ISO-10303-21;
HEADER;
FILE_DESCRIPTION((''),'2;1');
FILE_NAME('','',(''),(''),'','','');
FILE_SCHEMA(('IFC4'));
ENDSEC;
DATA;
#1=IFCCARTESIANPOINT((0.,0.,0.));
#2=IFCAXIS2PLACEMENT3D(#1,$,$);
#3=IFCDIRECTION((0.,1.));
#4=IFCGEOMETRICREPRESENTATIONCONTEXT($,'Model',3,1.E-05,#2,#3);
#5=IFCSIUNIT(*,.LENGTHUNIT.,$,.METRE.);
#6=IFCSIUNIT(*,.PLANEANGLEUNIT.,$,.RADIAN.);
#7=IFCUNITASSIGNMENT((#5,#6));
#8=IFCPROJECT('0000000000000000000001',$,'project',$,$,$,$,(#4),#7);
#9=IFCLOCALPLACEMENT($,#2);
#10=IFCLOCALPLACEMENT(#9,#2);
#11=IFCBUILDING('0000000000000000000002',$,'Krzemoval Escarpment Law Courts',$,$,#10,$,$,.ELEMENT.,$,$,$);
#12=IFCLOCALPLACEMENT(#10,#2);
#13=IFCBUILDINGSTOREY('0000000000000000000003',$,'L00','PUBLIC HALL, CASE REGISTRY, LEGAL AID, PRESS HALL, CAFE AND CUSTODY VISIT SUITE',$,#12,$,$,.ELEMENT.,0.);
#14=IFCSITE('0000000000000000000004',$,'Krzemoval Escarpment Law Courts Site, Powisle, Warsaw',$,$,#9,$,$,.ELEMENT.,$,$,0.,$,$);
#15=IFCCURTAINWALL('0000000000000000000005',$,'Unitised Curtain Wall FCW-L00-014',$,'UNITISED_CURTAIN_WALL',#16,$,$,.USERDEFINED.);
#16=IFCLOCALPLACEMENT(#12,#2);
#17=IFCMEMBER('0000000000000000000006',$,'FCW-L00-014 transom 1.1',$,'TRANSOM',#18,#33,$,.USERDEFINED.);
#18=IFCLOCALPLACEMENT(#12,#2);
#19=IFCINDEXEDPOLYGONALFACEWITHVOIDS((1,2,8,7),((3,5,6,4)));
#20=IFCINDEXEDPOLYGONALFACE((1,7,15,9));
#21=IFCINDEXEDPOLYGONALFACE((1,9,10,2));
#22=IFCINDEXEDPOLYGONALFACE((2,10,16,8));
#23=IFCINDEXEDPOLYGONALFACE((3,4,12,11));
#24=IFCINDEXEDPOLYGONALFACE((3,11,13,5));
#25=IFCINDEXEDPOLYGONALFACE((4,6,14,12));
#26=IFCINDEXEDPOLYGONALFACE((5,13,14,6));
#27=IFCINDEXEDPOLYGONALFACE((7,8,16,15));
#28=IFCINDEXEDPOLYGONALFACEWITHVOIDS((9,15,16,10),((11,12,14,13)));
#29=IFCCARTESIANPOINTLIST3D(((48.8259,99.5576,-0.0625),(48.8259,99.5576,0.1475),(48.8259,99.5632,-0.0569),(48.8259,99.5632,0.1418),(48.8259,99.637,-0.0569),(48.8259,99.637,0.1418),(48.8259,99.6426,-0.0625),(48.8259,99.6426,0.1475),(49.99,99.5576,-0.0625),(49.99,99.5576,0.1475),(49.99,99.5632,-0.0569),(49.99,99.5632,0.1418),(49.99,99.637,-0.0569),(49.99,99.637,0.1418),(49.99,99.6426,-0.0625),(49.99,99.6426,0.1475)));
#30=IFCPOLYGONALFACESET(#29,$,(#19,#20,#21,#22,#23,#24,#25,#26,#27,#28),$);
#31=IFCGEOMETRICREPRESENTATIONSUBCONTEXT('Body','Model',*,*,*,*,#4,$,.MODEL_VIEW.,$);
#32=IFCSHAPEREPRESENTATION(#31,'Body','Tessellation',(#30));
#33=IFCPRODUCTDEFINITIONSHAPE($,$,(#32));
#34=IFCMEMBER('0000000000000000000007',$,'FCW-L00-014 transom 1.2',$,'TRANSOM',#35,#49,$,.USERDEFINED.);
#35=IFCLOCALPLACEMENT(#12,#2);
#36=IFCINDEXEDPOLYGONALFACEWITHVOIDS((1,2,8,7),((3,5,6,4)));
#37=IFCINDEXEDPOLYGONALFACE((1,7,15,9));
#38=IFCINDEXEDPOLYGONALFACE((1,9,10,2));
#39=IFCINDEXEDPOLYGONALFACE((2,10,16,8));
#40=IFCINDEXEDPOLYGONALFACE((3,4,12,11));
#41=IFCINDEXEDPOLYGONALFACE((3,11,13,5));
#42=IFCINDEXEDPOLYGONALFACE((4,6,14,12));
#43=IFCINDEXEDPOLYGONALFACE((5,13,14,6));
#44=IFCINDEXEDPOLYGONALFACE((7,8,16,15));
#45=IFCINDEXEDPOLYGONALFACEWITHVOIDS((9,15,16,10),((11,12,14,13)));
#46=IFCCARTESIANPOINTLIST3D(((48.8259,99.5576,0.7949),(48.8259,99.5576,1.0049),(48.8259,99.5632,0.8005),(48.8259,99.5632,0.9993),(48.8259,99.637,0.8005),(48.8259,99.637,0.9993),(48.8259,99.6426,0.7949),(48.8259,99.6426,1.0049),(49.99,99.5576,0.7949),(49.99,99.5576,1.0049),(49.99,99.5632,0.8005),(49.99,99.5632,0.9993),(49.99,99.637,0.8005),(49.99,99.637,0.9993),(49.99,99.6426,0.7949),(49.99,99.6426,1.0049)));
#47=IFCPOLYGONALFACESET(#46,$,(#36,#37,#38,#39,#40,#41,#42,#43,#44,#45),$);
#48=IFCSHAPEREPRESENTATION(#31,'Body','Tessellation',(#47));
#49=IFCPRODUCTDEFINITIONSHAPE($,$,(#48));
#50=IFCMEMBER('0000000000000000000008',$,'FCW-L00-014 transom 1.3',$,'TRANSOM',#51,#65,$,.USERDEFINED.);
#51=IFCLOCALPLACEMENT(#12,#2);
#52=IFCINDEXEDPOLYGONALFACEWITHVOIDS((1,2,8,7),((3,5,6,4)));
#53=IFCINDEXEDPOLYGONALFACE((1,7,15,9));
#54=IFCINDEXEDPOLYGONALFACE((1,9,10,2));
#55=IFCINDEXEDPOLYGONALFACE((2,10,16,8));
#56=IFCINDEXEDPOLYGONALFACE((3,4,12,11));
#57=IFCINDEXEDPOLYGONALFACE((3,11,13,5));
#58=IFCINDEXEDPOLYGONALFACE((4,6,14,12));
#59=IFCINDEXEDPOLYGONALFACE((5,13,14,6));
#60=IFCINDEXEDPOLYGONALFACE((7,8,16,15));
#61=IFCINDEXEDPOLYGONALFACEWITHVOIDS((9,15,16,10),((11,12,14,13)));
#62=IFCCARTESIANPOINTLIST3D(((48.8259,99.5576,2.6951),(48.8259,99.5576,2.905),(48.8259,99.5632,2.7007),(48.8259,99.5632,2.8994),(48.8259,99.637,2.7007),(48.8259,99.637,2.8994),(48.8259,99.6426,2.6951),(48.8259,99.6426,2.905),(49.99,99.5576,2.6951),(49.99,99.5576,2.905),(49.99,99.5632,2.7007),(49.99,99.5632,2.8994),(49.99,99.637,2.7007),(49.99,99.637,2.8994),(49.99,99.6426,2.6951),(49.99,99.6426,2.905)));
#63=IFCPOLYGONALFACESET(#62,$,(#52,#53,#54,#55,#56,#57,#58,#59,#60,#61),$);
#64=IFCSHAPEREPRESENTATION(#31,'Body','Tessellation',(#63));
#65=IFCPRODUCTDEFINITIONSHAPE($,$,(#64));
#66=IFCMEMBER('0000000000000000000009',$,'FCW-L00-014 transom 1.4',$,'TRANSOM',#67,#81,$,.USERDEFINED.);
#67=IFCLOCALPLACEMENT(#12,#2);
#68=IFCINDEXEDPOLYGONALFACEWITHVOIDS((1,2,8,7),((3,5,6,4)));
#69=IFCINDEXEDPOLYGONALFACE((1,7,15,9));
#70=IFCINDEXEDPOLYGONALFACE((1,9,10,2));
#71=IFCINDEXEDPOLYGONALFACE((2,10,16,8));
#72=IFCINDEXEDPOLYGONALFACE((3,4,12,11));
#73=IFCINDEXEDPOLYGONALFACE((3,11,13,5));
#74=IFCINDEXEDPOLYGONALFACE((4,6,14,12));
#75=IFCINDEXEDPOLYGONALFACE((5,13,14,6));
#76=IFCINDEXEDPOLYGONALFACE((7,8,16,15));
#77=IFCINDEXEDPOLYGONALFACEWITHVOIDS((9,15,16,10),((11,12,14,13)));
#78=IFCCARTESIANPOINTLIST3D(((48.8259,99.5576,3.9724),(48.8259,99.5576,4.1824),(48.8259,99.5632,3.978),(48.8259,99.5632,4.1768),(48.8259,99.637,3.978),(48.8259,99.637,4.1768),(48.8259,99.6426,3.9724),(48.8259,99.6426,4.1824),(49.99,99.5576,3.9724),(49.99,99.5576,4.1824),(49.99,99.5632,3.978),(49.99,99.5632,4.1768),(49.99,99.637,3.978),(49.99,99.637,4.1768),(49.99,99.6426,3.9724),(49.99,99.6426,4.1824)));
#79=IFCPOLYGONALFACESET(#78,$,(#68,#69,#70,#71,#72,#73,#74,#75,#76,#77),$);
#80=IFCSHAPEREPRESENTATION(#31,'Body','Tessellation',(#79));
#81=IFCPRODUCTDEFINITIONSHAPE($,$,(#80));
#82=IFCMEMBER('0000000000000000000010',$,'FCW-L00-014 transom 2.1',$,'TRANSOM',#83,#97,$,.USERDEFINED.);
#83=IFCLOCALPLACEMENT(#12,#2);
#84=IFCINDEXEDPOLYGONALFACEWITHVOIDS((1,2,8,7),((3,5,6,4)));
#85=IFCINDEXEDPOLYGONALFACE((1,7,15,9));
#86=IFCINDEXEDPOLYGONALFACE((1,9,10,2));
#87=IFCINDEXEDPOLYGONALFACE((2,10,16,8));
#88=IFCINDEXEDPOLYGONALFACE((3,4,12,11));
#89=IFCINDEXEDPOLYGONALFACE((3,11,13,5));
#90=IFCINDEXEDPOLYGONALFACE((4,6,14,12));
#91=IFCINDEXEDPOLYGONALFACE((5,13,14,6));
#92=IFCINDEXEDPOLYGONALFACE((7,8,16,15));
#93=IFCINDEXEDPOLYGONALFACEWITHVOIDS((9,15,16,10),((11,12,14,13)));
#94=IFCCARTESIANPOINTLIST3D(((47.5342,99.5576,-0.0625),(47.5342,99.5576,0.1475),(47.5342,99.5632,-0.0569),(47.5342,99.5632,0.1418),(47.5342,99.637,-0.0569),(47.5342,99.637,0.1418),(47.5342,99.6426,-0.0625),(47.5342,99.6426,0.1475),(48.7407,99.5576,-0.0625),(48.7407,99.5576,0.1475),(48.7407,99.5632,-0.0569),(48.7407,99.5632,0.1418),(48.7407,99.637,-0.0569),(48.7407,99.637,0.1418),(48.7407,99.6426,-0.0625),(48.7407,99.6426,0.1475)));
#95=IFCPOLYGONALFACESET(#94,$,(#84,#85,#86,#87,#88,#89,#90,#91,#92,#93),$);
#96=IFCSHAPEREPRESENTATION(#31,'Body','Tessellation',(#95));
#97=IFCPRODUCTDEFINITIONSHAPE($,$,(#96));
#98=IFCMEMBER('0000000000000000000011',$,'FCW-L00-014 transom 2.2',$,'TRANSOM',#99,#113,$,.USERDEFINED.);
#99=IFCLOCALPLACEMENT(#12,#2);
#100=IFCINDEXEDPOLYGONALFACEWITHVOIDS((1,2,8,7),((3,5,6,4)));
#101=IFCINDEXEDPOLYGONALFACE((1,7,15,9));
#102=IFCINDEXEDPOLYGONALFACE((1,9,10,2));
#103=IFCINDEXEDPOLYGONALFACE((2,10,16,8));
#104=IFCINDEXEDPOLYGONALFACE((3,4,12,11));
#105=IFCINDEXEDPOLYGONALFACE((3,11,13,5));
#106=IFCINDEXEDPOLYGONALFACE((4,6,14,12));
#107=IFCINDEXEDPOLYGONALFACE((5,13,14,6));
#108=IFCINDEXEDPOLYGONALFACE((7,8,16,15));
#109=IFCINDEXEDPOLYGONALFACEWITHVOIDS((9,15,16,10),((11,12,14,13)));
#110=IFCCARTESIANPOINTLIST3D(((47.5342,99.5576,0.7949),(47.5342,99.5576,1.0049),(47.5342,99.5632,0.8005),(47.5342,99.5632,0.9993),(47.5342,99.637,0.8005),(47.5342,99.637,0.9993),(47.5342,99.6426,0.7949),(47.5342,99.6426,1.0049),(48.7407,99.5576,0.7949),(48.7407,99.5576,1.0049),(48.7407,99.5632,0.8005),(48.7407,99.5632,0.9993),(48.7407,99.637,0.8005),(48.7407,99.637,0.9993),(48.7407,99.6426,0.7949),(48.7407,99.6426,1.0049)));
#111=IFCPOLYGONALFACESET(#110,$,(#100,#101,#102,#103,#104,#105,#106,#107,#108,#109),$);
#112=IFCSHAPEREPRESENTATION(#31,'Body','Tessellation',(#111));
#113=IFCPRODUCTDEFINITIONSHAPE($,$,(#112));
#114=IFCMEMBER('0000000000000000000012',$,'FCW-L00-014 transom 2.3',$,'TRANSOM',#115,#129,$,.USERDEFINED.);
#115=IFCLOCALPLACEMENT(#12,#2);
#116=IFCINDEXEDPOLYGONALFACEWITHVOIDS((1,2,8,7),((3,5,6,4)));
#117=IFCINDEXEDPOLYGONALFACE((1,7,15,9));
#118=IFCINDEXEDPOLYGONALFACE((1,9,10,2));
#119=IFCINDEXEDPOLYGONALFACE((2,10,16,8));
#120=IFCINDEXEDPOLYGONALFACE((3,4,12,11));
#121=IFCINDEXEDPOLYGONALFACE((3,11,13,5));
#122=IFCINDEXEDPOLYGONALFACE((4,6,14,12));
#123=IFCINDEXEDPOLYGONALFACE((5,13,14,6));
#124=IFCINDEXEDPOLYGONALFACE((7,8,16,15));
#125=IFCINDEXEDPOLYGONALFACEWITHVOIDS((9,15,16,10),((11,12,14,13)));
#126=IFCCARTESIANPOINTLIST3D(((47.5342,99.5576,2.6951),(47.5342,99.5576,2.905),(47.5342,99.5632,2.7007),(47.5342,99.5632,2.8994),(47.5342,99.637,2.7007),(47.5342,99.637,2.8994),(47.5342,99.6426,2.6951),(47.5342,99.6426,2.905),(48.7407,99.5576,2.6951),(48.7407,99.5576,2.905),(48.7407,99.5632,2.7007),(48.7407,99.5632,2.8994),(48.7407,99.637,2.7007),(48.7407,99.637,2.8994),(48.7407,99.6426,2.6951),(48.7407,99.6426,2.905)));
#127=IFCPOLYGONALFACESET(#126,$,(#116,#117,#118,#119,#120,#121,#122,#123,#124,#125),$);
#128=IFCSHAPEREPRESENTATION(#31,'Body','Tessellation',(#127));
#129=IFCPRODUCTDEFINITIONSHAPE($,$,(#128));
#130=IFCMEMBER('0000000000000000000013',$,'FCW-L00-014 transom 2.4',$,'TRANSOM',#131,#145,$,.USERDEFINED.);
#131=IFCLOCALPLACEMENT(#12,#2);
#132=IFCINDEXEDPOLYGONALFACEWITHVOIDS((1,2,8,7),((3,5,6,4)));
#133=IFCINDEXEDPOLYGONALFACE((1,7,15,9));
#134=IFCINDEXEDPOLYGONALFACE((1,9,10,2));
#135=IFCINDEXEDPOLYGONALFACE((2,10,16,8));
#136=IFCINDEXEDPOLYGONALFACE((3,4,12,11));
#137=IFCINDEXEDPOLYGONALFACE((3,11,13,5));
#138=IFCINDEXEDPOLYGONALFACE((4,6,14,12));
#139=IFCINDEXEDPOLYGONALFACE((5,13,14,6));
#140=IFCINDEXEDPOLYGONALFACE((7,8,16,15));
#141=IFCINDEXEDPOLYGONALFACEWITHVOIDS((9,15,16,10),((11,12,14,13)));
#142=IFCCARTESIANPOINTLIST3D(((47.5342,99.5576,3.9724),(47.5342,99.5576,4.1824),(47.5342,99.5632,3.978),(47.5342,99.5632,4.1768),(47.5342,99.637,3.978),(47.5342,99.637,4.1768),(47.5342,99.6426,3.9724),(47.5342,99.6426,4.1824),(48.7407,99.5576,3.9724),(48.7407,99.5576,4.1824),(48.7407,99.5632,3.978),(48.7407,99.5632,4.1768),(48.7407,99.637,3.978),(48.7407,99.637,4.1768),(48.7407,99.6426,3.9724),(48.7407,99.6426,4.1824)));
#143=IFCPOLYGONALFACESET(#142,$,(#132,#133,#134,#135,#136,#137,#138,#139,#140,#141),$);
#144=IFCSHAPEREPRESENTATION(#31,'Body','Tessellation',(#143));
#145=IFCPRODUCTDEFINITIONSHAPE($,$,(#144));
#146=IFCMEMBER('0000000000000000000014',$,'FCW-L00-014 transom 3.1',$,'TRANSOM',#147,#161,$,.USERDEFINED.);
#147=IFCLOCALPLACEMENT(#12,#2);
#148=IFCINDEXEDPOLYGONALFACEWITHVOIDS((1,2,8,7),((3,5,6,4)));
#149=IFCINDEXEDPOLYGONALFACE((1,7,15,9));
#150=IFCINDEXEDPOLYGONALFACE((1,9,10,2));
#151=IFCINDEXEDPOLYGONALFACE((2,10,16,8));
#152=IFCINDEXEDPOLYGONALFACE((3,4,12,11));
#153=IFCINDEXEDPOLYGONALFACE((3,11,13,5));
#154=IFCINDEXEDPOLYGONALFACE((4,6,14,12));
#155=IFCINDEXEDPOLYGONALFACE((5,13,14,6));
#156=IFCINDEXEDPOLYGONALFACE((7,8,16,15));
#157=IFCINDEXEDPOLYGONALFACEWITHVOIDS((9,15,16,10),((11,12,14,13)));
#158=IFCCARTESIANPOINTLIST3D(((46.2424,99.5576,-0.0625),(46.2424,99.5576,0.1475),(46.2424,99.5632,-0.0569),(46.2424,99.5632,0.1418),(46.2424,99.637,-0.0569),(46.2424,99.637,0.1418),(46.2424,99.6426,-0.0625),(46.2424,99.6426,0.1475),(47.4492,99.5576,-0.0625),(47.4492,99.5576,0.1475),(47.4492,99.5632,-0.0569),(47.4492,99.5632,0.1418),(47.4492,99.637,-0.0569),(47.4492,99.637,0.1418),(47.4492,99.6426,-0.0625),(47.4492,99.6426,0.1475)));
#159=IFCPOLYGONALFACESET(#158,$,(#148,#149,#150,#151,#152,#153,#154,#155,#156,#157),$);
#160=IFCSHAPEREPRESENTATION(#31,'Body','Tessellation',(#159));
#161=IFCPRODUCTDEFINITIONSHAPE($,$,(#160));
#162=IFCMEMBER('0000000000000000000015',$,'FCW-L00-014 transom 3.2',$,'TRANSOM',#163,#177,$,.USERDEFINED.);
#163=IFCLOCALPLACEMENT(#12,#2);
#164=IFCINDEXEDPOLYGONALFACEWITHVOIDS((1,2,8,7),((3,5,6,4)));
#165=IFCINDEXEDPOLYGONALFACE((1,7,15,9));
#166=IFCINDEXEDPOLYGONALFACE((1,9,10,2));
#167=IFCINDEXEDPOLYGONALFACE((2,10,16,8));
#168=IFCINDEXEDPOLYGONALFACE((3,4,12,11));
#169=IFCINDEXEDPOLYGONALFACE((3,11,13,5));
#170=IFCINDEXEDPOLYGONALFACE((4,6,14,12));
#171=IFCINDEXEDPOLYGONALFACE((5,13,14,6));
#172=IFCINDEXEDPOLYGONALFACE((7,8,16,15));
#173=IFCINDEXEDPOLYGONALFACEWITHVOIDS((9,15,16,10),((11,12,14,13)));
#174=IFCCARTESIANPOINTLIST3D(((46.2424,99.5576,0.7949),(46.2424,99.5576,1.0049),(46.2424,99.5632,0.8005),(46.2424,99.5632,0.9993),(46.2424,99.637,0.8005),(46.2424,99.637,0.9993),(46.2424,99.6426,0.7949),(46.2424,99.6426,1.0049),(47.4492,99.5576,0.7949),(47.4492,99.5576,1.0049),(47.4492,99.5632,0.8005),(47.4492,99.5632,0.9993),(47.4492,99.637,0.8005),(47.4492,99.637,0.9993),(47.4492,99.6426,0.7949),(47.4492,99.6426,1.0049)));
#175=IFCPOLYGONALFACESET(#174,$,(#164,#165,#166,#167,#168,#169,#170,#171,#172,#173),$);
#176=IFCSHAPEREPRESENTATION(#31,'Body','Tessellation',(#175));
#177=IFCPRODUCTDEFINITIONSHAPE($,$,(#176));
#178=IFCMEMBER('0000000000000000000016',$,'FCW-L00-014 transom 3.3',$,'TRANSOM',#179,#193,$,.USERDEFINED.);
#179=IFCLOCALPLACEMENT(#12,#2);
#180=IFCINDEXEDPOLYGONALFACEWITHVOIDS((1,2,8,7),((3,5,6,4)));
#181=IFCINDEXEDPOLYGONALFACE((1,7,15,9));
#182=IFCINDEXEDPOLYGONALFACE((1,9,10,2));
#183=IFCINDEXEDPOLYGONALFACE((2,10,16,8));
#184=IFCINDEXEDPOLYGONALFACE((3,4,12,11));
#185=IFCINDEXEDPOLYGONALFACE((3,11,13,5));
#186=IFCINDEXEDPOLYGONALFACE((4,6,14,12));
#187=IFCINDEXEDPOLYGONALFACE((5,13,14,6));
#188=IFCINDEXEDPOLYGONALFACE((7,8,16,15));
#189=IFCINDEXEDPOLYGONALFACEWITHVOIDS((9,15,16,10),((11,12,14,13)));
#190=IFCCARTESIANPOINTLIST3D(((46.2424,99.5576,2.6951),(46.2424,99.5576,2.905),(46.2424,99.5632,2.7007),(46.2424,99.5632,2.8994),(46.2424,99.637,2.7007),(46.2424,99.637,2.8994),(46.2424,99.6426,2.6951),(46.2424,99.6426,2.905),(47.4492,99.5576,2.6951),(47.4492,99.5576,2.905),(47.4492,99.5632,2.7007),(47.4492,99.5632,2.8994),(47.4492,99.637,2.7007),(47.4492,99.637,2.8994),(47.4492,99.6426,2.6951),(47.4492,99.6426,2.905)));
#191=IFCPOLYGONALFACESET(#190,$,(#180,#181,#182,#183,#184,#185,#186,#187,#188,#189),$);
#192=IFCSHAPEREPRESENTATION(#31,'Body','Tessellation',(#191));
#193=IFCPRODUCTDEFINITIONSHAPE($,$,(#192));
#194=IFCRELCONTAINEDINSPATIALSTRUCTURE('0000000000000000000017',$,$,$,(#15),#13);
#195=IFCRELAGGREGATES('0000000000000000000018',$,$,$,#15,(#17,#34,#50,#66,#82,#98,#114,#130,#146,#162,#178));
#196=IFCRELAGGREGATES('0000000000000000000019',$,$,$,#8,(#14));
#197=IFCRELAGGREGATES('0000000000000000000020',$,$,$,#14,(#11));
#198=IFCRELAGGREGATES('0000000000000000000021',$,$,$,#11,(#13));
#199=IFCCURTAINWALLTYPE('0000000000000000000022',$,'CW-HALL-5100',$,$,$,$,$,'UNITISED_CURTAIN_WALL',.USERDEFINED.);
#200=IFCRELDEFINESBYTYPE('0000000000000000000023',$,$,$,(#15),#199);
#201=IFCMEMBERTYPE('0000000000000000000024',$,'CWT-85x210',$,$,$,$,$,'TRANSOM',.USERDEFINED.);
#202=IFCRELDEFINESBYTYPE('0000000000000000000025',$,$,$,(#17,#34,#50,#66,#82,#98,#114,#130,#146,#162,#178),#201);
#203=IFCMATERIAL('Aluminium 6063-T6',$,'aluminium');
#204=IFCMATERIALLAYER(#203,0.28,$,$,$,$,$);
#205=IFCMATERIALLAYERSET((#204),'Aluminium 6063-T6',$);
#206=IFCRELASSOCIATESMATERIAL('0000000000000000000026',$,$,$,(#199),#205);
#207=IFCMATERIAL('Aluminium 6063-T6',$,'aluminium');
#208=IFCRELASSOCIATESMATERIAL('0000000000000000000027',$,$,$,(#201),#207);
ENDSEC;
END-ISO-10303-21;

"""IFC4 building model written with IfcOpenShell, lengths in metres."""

from ifc_helpers import new_model, si_unit, direction, frame, origin, origin_2d, place, context, subcontext, project, spatial, hollow_rectangle, extrude, material, layer, layer_set, material_profile, profile_set, type_object, element, aggregate, save


model = new_model("IFC4")

# Units and contexts
model_context = context("Model", 3, precision=1e-05, world=origin(), true_north=direction((0.0, 1.0)))
body_context = subcontext(model_context, "Body", "Model", "MODEL_VIEW")
ifc_project = project(units=[si_unit("LENGTHUNIT", "METRE"), si_unit("PLANEANGLEUNIT", "RADIAN")], contexts=[model_context])

# Site, building, storey
site_placement = place(None, origin())
site = spatial("IfcSite", under=ifc_project, at=site_placement, Name="Krzemoval Escarpment Law Courts Site, Powisle, Warsaw", CompositionType="ELEMENT", RefElevation=0.0)
building_placement = place(site_placement, origin())
building = spatial("IfcBuilding", under=site, at=building_placement, Name="Krzemoval Escarpment Law Courts", CompositionType="ELEMENT")
storey_placement = place(building_placement, origin())
storey = spatial("IfcBuildingStorey", under=building, at=storey_placement, Name="L00", Description="PUBLIC HALL, CASE REGISTRY, LEGAL AID, PRESS HALL, CAFE AND CUSTODY VISIT SUITE", CompositionType="ELEMENT", Elevation=0.0)

# Shared definitions
ifc_material_1 = material(Name="Aluminium 6063-T6", Category="aluminium")
ifc_layer_1 = layer(ifc_material_1, 0.28)
ifc_layer_set_1 = layer_set([ifc_layer_1], Name="Aluminium 6063-T6")
curtain_wall_type = type_object("IfcCurtainWallType", Name="CW-HALL-5100", ElementType="UNITISED_CURTAIN_WALL", PredefinedType="USERDEFINED", material=ifc_layer_set_1)

# Curtain wall
curtain_wall_1_placement = place(storey_placement, origin())
curtain_wall_1 = element("IfcCurtainWall", 1, at=curtain_wall_1_placement, inside=storey, type_object=curtain_wall_type, Name="Unitised Curtain Wall FCW-L00-014", ObjectType="UNITISED_CURTAIN_WALL", PredefinedType="USERDEFINED")

# Members
ifc_material_2 = material(Name="Aluminium 6063-T6", Category="aluminium")
ifc_material_profile_1 = material_profile(ifc_material_2, hollow_rectangle(XDim=0.085, YDim=0.21, WallThickness=0.0056, at=origin_2d()), Name="ALU T85x210")
ifc_profile_set_1 = profile_set([ifc_material_profile_1], Name="Aluminium 6063-T6")
member_type_1 = type_object("IfcMemberType", Name="CWT-85x210", ElementType="TRANSOM", PredefinedType="USERDEFINED", material=ifc_profile_set_1)
member_1_placement = place(storey_placement, frame((49.99, 99.6001, 0.0425), z_axis=(-1.0, 0.0, 0.0), x_axis=(0.0, -1.0, 0.0)))
member_1 = element("IfcMember", 2, at=member_1_placement, type_object=member_type_1, Name="FCW-L00-014 transom 1.1", ObjectType="TRANSOM", PredefinedType="USERDEFINED", context=body_context, shape_type="SweptSolid", body=[
    extrude(hollow_rectangle(XDim=0.085, YDim=0.21, WallThickness=0.0056, at=origin_2d()), origin(), (0.0, 0.0, 1.0), 1.1641),
])
member_2_placement = place(storey_placement, frame((49.99, 99.6001, 0.8999), z_axis=(-1.0, 0.0, 0.0), x_axis=(0.0, -1.0, 0.0)))
member_2 = element("IfcMember", 3, at=member_2_placement, type_object=member_type_1, Name="FCW-L00-014 transom 1.2", ObjectType="TRANSOM", PredefinedType="USERDEFINED", context=body_context, shape_type="SweptSolid", body=[
    extrude(hollow_rectangle(XDim=0.085, YDim=0.21, WallThickness=0.0056, at=origin_2d()), origin(), (0.0, 0.0, 1.0), 1.1641),
])
member_3_placement = place(storey_placement, frame((49.99, 99.6001, 2.8), z_axis=(-1.0, 0.0, 0.0), x_axis=(0.0, -1.0, 0.0)))
member_3 = element("IfcMember", 4, at=member_3_placement, type_object=member_type_1, Name="FCW-L00-014 transom 1.3", ObjectType="TRANSOM", PredefinedType="USERDEFINED", context=body_context, shape_type="SweptSolid", body=[
    extrude(hollow_rectangle(XDim=0.085, YDim=0.21, WallThickness=0.0056, at=origin_2d()), origin(), (0.0, 0.0, 1.0), 1.1641),
])
member_4_placement = place(storey_placement, frame((49.99, 99.6001, 4.0774), z_axis=(-1.0, 0.0, 0.0), x_axis=(0.0, -1.0, 0.0)))
member_4 = element("IfcMember", 5, at=member_4_placement, type_object=member_type_1, Name="FCW-L00-014 transom 1.4", ObjectType="TRANSOM", PredefinedType="USERDEFINED", context=body_context, shape_type="SweptSolid", body=[
    extrude(hollow_rectangle(XDim=0.085, YDim=0.21, WallThickness=0.0056, at=origin_2d()), origin(), (0.0, 0.0, 1.0), 1.1641),
])
member_5_placement = place(storey_placement, frame((48.7407, 99.6001, 0.0425), z_axis=(-1.0, 0.0, 0.0), x_axis=(0.0, -1.0, 0.0)))
member_5 = element("IfcMember", 6, at=member_5_placement, type_object=member_type_1, Name="FCW-L00-014 transom 2.1", ObjectType="TRANSOM", PredefinedType="USERDEFINED", context=body_context, shape_type="SweptSolid", body=[
    extrude(hollow_rectangle(XDim=0.085, YDim=0.21, WallThickness=0.0056, at=origin_2d()), origin(), (0.0, 0.0, 1.0), 1.2065),
])
member_6_placement = place(storey_placement, frame((48.7407, 99.6001, 0.8999), z_axis=(-1.0, 0.0, 0.0), x_axis=(0.0, -1.0, 0.0)))
member_6 = element("IfcMember", 7, at=member_6_placement, type_object=member_type_1, Name="FCW-L00-014 transom 2.2", ObjectType="TRANSOM", PredefinedType="USERDEFINED", context=body_context, shape_type="SweptSolid", body=[
    extrude(hollow_rectangle(XDim=0.085, YDim=0.21, WallThickness=0.0056, at=origin_2d()), origin(), (0.0, 0.0, 1.0), 1.2065),
])
member_7_placement = place(storey_placement, frame((48.7407, 99.6001, 2.8), z_axis=(-1.0, 0.0, 0.0), x_axis=(0.0, -1.0, 0.0)))
member_7 = element("IfcMember", 8, at=member_7_placement, type_object=member_type_1, Name="FCW-L00-014 transom 2.3", ObjectType="TRANSOM", PredefinedType="USERDEFINED", context=body_context, shape_type="SweptSolid", body=[
    extrude(hollow_rectangle(XDim=0.085, YDim=0.21, WallThickness=0.0056, at=origin_2d()), origin(), (0.0, 0.0, 1.0), 1.2065),
])
member_8_placement = place(storey_placement, frame((48.7407, 99.6001, 4.0774), z_axis=(-1.0, 0.0, 0.0), x_axis=(0.0, -1.0, 0.0)))
member_8 = element("IfcMember", 9, at=member_8_placement, type_object=member_type_1, Name="FCW-L00-014 transom 2.4", ObjectType="TRANSOM", PredefinedType="USERDEFINED", context=body_context, shape_type="SweptSolid", body=[
    extrude(hollow_rectangle(XDim=0.085, YDim=0.21, WallThickness=0.0056, at=origin_2d()), origin(), (0.0, 0.0, 1.0), 1.2065),
])
member_9_placement = place(storey_placement, frame((47.4492, 99.6001, 0.0425), z_axis=(-1.0, 0.0, 0.0), x_axis=(0.0, -1.0, 0.0)))
member_9 = element("IfcMember", 10, at=member_9_placement, type_object=member_type_1, Name="FCW-L00-014 transom 3.1", ObjectType="TRANSOM", PredefinedType="USERDEFINED", context=body_context, shape_type="SweptSolid", body=[
    extrude(hollow_rectangle(XDim=0.085, YDim=0.21, WallThickness=0.0056, at=origin_2d()), origin(), (0.0, 0.0, 1.0), 1.2068),
])
member_10_placement = place(storey_placement, frame((47.4492, 99.6001, 0.8999), z_axis=(-1.0, 0.0, 0.0), x_axis=(0.0, -1.0, 0.0)))
member_10 = element("IfcMember", 11, at=member_10_placement, type_object=member_type_1, Name="FCW-L00-014 transom 3.2", ObjectType="TRANSOM", PredefinedType="USERDEFINED", context=body_context, shape_type="SweptSolid", body=[
    extrude(hollow_rectangle(XDim=0.085, YDim=0.21, WallThickness=0.0056, at=origin_2d()), origin(), (0.0, 0.0, 1.0), 1.2068),
])
member_11_placement = place(storey_placement, frame((47.4492, 99.6001, 2.8), z_axis=(-1.0, 0.0, 0.0), x_axis=(0.0, -1.0, 0.0)))
member_11 = element("IfcMember", 12, at=member_11_placement, type_object=member_type_1, Name="FCW-L00-014 transom 3.3", ObjectType="TRANSOM", PredefinedType="USERDEFINED", context=body_context, shape_type="SweptSolid", body=[
    extrude(hollow_rectangle(XDim=0.085, YDim=0.21, WallThickness=0.0056, at=origin_2d()), origin(), (0.0, 0.0, 1.0), 1.2068),
])

aggregate(curtain_wall_1, [member_1, member_2, member_3, member_4, member_5, member_6, member_7, member_8, member_9, member_10, member_11])

save(model, "model.ifc")
